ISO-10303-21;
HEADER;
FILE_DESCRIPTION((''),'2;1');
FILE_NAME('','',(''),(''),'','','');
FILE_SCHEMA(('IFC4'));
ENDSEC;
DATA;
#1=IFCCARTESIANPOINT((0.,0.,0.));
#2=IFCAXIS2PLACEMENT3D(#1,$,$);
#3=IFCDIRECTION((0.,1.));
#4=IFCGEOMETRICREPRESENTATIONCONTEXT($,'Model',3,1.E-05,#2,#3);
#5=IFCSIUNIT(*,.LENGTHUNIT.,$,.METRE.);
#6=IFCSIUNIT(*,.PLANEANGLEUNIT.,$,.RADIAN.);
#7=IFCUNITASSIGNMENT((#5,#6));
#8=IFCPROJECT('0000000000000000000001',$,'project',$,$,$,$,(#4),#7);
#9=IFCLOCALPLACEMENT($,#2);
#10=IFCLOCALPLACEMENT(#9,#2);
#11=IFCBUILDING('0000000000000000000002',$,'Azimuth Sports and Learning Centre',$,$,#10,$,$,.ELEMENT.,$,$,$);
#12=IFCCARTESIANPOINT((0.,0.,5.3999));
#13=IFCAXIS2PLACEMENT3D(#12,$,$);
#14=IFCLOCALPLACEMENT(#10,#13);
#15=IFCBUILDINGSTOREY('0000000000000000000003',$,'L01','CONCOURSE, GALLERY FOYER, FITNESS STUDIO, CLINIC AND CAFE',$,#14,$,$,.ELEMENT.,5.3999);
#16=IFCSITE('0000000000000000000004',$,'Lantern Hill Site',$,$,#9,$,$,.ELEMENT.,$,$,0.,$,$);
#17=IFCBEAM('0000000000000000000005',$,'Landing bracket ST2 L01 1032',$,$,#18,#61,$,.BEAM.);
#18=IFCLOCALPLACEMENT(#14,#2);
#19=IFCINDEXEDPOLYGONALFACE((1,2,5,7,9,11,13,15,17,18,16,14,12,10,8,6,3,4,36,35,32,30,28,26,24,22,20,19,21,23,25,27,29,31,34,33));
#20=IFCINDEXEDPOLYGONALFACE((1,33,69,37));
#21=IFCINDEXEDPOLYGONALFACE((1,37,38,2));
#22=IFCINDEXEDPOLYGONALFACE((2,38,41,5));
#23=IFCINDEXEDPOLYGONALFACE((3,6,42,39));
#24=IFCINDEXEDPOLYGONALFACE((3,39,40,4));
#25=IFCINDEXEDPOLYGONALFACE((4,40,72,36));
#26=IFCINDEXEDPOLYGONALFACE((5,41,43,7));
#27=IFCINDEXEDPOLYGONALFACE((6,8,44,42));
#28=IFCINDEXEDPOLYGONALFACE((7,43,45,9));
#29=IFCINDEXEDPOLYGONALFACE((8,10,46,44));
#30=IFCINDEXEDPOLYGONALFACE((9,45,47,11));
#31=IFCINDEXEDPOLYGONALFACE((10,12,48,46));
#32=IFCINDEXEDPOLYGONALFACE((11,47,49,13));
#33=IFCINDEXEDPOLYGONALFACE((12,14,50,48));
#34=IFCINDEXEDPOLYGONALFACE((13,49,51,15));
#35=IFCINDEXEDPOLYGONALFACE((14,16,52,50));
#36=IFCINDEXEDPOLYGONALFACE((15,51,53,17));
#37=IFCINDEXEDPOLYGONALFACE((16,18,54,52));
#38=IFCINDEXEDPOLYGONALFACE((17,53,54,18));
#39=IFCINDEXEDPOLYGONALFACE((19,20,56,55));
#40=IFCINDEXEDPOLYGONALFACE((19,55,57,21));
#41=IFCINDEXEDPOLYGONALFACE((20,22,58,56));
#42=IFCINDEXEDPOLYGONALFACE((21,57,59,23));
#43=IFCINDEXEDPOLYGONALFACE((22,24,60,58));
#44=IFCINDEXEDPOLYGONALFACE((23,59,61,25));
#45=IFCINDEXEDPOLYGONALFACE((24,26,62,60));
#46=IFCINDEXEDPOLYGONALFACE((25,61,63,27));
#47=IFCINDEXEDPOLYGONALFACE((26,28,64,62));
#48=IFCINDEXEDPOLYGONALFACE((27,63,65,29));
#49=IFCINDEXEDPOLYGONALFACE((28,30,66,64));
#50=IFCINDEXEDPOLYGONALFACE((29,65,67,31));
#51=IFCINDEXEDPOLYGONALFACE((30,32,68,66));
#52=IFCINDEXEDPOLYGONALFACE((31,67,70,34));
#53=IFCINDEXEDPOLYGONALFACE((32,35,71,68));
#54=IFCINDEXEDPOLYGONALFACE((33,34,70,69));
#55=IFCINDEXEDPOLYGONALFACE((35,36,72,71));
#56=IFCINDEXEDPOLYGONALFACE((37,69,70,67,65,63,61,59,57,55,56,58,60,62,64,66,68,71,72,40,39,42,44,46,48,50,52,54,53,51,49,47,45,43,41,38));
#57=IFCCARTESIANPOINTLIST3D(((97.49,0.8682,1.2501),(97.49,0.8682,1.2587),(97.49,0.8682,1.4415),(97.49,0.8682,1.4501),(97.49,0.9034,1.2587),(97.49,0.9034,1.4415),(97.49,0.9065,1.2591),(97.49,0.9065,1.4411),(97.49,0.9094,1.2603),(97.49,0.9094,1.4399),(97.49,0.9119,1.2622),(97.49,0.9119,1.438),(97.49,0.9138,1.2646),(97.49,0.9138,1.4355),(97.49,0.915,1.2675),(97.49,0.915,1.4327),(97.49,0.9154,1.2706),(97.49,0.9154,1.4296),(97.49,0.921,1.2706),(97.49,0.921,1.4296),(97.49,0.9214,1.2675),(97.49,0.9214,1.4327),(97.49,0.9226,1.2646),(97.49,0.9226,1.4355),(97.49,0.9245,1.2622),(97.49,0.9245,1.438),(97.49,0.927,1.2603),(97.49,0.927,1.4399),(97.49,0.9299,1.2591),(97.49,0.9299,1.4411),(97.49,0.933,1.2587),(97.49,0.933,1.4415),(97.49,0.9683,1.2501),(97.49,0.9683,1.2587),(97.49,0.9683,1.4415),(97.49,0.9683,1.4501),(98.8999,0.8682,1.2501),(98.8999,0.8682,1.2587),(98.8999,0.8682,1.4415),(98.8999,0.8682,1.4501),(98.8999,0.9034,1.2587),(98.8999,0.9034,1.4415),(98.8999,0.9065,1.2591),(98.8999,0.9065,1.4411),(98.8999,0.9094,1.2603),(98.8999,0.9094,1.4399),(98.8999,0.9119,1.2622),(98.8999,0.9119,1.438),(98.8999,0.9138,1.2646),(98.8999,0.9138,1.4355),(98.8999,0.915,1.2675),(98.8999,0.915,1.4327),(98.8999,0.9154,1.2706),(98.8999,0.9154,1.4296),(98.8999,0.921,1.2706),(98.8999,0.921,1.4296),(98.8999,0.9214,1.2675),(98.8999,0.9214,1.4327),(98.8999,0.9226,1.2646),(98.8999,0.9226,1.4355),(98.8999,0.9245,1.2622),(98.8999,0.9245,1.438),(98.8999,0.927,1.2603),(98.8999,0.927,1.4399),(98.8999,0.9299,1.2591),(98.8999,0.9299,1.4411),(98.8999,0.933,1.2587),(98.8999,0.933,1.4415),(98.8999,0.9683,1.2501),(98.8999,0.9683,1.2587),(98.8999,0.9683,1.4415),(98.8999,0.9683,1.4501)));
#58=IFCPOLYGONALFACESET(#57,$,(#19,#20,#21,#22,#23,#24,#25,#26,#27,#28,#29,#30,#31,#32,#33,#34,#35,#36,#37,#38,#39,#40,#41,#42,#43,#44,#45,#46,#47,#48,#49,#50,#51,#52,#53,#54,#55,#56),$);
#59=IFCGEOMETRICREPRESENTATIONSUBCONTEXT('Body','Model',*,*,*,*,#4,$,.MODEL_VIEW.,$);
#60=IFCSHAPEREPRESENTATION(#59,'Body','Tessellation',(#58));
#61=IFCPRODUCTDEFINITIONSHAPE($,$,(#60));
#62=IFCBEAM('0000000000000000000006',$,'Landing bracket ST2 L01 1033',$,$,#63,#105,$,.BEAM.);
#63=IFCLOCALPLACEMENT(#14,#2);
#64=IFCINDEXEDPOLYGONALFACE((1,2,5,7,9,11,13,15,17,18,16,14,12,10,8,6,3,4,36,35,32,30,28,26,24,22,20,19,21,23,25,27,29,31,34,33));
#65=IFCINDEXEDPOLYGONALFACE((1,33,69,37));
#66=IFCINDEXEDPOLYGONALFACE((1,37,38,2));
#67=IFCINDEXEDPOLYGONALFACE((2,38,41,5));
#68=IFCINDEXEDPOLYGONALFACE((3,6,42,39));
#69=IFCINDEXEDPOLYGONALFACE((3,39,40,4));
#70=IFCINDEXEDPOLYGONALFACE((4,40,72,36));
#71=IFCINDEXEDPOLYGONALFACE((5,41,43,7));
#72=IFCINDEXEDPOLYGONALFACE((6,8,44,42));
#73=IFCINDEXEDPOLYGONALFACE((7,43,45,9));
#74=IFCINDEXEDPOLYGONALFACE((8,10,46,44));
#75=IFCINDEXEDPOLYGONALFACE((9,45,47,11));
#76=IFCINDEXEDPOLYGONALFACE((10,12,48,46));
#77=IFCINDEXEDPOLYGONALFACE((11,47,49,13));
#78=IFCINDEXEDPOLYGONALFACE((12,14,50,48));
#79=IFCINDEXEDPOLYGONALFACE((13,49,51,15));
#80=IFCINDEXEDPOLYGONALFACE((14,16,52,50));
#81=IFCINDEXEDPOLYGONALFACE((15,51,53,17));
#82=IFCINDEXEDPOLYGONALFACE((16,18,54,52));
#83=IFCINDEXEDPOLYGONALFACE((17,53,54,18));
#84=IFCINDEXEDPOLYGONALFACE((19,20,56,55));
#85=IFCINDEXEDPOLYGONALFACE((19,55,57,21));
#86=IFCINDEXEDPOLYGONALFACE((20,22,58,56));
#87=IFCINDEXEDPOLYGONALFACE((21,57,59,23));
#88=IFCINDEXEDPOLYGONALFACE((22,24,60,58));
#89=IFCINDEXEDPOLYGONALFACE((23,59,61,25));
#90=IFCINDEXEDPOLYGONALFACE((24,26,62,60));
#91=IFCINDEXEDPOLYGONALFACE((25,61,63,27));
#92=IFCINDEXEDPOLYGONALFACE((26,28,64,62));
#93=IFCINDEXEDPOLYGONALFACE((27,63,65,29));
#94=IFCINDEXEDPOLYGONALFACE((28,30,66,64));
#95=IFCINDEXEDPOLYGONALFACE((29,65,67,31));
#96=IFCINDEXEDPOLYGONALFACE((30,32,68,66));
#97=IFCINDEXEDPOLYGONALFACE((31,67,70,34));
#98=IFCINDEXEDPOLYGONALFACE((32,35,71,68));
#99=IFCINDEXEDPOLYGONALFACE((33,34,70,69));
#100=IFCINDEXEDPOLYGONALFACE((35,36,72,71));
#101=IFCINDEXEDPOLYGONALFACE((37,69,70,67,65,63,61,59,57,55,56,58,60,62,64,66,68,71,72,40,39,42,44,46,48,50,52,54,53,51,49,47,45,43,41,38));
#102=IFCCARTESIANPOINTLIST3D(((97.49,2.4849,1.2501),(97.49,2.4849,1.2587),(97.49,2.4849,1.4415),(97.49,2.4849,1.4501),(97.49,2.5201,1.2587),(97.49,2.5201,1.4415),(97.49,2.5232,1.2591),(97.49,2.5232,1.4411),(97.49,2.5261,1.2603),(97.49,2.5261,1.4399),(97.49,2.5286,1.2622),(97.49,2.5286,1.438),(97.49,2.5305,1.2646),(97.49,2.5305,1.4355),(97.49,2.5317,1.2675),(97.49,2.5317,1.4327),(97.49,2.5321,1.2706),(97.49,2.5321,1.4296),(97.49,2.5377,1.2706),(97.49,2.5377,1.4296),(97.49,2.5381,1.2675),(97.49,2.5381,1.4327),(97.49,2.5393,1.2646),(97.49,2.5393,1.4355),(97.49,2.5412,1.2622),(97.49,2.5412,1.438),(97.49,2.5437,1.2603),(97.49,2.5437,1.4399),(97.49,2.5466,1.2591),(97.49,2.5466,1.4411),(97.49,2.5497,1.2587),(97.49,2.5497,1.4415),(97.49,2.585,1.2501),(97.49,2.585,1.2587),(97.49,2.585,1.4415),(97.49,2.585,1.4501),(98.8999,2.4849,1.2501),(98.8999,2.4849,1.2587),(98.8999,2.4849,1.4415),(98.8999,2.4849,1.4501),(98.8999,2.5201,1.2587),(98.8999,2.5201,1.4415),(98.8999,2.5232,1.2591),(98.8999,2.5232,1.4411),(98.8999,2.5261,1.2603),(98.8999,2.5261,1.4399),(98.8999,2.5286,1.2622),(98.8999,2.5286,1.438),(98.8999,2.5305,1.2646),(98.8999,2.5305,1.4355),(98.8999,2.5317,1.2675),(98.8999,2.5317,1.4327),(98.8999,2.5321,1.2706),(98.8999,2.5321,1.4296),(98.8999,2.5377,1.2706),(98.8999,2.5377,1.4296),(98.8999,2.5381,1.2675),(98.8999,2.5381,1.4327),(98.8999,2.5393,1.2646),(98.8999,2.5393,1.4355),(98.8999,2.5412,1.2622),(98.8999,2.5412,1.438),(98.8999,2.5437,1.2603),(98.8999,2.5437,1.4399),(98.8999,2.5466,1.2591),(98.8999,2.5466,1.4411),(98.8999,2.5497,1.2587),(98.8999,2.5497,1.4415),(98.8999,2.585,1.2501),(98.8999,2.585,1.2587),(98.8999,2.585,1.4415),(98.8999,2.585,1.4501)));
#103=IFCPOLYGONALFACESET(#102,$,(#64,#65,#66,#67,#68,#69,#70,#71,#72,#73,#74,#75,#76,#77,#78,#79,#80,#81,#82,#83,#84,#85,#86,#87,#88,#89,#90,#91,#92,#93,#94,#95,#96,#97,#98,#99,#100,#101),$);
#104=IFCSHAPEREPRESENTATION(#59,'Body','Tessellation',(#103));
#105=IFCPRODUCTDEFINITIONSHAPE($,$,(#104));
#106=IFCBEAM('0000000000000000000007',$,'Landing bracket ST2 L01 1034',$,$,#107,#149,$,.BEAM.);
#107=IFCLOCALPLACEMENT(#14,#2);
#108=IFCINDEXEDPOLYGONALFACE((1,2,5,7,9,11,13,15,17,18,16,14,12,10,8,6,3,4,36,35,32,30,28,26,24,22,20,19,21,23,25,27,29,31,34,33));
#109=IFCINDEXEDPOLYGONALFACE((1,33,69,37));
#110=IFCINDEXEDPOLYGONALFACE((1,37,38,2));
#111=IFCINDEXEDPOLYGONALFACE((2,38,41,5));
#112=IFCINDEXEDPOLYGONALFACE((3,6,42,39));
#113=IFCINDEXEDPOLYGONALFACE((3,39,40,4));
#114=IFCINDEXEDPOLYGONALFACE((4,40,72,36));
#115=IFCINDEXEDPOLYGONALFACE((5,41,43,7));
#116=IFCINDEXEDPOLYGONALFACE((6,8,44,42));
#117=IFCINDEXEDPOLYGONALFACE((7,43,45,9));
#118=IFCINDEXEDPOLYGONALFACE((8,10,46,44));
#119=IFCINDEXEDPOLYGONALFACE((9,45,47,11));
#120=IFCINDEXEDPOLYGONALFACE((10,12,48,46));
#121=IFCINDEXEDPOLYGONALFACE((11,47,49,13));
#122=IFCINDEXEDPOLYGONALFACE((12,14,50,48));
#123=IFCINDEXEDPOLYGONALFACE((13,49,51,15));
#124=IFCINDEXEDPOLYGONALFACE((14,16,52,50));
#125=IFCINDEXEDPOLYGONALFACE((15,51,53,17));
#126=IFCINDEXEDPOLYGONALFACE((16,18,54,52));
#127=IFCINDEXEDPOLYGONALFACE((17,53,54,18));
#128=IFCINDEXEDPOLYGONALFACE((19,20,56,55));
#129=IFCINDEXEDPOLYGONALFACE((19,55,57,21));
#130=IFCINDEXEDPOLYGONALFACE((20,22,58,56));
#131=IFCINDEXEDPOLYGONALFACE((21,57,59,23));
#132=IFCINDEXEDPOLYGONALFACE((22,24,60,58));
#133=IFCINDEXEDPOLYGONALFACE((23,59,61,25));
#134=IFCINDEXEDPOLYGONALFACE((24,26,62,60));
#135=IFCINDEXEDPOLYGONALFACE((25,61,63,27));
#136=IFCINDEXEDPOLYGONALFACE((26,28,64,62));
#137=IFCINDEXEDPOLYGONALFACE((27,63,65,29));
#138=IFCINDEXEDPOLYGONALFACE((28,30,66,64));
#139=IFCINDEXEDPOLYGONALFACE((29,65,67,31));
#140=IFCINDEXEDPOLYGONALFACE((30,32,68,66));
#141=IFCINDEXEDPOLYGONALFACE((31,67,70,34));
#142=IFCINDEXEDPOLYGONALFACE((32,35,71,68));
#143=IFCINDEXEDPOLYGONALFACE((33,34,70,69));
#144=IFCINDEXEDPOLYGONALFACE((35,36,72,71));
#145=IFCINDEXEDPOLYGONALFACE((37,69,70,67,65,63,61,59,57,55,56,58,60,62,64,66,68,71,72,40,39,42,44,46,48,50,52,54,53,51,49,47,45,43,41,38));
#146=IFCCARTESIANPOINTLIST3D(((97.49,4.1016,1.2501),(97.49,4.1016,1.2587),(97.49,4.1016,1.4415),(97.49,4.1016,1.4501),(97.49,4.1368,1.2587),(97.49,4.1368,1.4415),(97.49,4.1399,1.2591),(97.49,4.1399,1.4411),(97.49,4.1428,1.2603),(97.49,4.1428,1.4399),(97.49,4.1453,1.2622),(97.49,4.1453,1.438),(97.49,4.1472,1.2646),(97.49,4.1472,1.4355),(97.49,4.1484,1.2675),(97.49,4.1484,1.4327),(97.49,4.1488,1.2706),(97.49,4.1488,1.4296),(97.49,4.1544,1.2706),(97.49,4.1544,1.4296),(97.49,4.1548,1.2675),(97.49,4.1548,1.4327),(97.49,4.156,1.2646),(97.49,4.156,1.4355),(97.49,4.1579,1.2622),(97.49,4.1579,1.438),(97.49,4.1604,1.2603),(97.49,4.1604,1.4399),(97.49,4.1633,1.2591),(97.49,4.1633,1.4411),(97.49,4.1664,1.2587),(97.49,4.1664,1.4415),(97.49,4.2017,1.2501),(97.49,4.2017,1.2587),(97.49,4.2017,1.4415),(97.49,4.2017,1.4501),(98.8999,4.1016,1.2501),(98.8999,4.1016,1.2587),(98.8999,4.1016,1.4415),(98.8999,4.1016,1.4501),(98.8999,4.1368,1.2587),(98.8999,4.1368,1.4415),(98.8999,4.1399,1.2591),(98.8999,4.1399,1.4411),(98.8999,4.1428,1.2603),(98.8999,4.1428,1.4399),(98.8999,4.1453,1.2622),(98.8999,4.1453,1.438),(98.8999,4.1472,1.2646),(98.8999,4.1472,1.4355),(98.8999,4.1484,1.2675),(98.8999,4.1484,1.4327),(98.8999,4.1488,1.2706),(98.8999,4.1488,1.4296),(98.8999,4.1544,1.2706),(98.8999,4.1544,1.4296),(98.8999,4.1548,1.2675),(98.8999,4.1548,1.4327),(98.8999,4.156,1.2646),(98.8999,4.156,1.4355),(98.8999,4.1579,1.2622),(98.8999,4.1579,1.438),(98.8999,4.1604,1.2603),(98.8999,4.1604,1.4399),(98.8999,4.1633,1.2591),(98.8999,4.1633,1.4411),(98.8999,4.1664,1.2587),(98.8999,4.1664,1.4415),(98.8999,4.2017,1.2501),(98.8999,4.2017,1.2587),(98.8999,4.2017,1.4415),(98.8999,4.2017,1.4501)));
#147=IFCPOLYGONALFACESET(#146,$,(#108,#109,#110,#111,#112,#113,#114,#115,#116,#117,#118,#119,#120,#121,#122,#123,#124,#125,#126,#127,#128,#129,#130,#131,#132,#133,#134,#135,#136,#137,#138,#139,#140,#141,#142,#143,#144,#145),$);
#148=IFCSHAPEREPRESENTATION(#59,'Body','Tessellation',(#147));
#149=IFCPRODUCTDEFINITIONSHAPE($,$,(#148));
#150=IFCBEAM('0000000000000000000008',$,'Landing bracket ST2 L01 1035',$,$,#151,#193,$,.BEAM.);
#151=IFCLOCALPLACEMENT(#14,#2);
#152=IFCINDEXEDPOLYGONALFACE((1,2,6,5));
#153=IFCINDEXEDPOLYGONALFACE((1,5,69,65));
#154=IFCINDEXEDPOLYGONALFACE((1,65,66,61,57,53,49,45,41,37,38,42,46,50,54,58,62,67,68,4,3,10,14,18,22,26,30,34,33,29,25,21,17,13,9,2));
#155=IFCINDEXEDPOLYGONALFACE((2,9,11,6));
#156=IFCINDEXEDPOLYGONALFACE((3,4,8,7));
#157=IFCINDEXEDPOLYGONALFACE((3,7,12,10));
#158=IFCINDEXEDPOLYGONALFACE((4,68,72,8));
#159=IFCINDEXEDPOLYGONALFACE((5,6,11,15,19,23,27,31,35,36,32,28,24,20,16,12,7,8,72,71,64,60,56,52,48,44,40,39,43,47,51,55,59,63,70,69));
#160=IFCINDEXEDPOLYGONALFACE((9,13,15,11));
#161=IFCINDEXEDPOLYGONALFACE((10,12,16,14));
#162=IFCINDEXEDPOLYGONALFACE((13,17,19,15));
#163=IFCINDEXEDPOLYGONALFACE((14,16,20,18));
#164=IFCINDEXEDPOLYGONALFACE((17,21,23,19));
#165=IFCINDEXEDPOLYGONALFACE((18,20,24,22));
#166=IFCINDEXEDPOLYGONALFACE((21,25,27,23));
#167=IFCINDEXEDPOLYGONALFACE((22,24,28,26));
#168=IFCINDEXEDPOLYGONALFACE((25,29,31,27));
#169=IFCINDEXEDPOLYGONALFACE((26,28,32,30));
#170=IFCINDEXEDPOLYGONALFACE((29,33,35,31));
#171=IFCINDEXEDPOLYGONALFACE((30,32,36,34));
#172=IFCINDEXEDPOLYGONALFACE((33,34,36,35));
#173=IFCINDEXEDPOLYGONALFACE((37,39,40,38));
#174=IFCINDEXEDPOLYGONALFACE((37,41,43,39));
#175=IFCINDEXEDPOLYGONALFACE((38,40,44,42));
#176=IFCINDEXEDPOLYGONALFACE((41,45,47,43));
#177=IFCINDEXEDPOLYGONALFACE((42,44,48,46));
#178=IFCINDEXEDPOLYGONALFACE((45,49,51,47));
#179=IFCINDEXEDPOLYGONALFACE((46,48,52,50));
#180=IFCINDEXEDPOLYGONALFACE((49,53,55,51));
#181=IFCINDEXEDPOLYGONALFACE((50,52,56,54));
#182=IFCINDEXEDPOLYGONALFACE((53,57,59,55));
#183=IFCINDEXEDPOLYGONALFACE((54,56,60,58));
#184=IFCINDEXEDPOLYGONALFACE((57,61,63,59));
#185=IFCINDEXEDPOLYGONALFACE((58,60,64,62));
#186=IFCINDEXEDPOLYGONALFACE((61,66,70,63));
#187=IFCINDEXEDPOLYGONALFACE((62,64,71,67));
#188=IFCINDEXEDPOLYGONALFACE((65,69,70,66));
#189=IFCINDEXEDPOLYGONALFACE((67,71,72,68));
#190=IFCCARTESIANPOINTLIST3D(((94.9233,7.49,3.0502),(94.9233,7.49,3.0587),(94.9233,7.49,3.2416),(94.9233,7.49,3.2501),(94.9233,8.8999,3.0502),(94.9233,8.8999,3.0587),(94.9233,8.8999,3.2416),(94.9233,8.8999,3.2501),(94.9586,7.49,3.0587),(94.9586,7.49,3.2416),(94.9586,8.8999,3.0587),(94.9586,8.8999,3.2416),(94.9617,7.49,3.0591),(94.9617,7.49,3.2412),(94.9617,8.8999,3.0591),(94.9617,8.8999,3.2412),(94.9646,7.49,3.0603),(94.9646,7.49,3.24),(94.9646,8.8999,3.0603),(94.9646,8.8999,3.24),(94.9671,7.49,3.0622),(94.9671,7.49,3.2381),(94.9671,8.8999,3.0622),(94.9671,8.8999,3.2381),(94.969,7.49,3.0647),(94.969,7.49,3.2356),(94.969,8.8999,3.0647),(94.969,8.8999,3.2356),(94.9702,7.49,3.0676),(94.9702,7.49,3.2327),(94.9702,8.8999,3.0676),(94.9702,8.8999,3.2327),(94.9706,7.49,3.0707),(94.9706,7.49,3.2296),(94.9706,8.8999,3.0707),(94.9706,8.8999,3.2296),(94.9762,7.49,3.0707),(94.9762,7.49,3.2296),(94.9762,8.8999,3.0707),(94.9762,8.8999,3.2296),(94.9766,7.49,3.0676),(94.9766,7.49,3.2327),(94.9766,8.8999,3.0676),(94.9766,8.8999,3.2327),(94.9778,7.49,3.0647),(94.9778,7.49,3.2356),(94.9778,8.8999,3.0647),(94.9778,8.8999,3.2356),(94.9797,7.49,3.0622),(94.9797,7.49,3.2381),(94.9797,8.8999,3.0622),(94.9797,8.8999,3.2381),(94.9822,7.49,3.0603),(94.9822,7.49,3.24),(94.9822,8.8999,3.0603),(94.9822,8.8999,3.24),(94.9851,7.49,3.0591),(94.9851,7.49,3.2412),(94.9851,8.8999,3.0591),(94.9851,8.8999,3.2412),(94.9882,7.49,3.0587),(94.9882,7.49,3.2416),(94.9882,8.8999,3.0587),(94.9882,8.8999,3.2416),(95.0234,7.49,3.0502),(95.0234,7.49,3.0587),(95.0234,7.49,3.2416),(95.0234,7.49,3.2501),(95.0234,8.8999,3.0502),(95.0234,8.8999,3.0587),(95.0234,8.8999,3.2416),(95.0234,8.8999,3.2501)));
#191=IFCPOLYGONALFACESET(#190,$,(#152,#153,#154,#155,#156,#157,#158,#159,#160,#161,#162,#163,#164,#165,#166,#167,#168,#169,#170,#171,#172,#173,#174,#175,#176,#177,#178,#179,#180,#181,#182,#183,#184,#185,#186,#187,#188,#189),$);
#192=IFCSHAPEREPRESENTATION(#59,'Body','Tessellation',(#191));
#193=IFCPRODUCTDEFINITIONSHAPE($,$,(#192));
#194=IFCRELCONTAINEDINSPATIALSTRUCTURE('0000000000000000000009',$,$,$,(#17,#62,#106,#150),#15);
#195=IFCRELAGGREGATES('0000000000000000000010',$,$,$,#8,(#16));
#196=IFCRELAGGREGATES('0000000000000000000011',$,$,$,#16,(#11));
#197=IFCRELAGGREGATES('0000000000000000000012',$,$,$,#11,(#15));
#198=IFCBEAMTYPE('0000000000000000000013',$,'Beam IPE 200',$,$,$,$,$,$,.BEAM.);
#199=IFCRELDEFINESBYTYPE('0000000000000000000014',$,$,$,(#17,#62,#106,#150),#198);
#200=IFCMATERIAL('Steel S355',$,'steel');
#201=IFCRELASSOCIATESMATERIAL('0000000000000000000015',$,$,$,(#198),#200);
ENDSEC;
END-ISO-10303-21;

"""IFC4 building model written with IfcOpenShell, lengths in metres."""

from ifc_helpers import new_model, si_unit, direction, frame, origin, origin_2d, place, context, subcontext, project, spatial, i_section, extrude, material, material_profile, profile_set, type_object, element, save


model = new_model("IFC4")

# Units and contexts
model_context = context("Model", 3, precision=1e-05, world=origin(), true_north=direction((0.0, 1.0)))
body_context = subcontext(model_context, "Body", "Model", "MODEL_VIEW")
ifc_project = project(units=[si_unit("LENGTHUNIT", "METRE"), si_unit("PLANEANGLEUNIT", "RADIAN")], contexts=[model_context])

# Site, building, storey
site_placement = place(None, origin())
site = spatial("IfcSite", under=ifc_project, at=site_placement, Name="Lantern Hill Site", CompositionType="ELEMENT", RefElevation=0.0)
building_placement = place(site_placement, origin())
building = spatial("IfcBuilding", under=site, at=building_placement, Name="Azimuth Sports and Learning Centre", CompositionType="ELEMENT")
storey_placement = place(building_placement, frame((0.0, 0.0, 5.3999)))
storey = spatial("IfcBuildingStorey", under=building, at=storey_placement, Name="L01", Description="CONCOURSE, GALLERY FOYER, FITNESS STUDIO, CLINIC AND CAFE", CompositionType="ELEMENT", Elevation=5.3999)

# Beams
ifc_material_1 = material(Name="Steel S355", Category="steel")
ifc_material_profile_1 = material_profile(ifc_material_1, i_section(OverallWidth=0.1001, OverallDepth=0.2, WebThickness=0.0056, FlangeThickness=0.0085, FilletRadius=0.012, at=origin_2d()), Name="IPE 200")
ifc_profile_set_1 = profile_set([ifc_material_profile_1], Name="Steel S355")
beam_type_1 = type_object("IfcBeamType", Name="Beam IPE 200", PredefinedType="BEAM", material=ifc_profile_set_1)
for number, where, z_axis, x_axis, name in (
    (1, (98.8999, 0.9182, 1.3501), (-1.0, 0.0, 0.0), (0.0, -1.0, 0.0), "Landing bracket ST2 L01 1032"),
    (2, (98.8999, 2.5349, 1.3501), (-1.0, 0.0, 0.0), (0.0, -1.0, 0.0), "Landing bracket ST2 L01 1033"),
    (3, (98.8999, 4.1516, 1.3501), (-1.0, 0.0, 0.0), (0.0, -1.0, 0.0), "Landing bracket ST2 L01 1034"),
    (4, (94.9734, 8.8999, 3.1501), (0.0, -1.0, 0.0), (1.0, 0.0, 0.0), "Landing bracket ST2 L01 1035"),
):
    element("IfcBeam", number, at=place(storey_placement, frame(where, z_axis=z_axis, x_axis=x_axis)), inside=storey, type_object=beam_type_1, Name=name, PredefinedType="BEAM", context=body_context, shape_type="SweptSolid", body=[
        extrude(i_section(OverallWidth=0.1001, OverallDepth=0.2, WebThickness=0.0056, FlangeThickness=0.0085, FilletRadius=0.012, at=origin_2d()), origin(), (0.0, 0.0, 1.0), 1.4099),
    ])

save(model, "model.ifc")
